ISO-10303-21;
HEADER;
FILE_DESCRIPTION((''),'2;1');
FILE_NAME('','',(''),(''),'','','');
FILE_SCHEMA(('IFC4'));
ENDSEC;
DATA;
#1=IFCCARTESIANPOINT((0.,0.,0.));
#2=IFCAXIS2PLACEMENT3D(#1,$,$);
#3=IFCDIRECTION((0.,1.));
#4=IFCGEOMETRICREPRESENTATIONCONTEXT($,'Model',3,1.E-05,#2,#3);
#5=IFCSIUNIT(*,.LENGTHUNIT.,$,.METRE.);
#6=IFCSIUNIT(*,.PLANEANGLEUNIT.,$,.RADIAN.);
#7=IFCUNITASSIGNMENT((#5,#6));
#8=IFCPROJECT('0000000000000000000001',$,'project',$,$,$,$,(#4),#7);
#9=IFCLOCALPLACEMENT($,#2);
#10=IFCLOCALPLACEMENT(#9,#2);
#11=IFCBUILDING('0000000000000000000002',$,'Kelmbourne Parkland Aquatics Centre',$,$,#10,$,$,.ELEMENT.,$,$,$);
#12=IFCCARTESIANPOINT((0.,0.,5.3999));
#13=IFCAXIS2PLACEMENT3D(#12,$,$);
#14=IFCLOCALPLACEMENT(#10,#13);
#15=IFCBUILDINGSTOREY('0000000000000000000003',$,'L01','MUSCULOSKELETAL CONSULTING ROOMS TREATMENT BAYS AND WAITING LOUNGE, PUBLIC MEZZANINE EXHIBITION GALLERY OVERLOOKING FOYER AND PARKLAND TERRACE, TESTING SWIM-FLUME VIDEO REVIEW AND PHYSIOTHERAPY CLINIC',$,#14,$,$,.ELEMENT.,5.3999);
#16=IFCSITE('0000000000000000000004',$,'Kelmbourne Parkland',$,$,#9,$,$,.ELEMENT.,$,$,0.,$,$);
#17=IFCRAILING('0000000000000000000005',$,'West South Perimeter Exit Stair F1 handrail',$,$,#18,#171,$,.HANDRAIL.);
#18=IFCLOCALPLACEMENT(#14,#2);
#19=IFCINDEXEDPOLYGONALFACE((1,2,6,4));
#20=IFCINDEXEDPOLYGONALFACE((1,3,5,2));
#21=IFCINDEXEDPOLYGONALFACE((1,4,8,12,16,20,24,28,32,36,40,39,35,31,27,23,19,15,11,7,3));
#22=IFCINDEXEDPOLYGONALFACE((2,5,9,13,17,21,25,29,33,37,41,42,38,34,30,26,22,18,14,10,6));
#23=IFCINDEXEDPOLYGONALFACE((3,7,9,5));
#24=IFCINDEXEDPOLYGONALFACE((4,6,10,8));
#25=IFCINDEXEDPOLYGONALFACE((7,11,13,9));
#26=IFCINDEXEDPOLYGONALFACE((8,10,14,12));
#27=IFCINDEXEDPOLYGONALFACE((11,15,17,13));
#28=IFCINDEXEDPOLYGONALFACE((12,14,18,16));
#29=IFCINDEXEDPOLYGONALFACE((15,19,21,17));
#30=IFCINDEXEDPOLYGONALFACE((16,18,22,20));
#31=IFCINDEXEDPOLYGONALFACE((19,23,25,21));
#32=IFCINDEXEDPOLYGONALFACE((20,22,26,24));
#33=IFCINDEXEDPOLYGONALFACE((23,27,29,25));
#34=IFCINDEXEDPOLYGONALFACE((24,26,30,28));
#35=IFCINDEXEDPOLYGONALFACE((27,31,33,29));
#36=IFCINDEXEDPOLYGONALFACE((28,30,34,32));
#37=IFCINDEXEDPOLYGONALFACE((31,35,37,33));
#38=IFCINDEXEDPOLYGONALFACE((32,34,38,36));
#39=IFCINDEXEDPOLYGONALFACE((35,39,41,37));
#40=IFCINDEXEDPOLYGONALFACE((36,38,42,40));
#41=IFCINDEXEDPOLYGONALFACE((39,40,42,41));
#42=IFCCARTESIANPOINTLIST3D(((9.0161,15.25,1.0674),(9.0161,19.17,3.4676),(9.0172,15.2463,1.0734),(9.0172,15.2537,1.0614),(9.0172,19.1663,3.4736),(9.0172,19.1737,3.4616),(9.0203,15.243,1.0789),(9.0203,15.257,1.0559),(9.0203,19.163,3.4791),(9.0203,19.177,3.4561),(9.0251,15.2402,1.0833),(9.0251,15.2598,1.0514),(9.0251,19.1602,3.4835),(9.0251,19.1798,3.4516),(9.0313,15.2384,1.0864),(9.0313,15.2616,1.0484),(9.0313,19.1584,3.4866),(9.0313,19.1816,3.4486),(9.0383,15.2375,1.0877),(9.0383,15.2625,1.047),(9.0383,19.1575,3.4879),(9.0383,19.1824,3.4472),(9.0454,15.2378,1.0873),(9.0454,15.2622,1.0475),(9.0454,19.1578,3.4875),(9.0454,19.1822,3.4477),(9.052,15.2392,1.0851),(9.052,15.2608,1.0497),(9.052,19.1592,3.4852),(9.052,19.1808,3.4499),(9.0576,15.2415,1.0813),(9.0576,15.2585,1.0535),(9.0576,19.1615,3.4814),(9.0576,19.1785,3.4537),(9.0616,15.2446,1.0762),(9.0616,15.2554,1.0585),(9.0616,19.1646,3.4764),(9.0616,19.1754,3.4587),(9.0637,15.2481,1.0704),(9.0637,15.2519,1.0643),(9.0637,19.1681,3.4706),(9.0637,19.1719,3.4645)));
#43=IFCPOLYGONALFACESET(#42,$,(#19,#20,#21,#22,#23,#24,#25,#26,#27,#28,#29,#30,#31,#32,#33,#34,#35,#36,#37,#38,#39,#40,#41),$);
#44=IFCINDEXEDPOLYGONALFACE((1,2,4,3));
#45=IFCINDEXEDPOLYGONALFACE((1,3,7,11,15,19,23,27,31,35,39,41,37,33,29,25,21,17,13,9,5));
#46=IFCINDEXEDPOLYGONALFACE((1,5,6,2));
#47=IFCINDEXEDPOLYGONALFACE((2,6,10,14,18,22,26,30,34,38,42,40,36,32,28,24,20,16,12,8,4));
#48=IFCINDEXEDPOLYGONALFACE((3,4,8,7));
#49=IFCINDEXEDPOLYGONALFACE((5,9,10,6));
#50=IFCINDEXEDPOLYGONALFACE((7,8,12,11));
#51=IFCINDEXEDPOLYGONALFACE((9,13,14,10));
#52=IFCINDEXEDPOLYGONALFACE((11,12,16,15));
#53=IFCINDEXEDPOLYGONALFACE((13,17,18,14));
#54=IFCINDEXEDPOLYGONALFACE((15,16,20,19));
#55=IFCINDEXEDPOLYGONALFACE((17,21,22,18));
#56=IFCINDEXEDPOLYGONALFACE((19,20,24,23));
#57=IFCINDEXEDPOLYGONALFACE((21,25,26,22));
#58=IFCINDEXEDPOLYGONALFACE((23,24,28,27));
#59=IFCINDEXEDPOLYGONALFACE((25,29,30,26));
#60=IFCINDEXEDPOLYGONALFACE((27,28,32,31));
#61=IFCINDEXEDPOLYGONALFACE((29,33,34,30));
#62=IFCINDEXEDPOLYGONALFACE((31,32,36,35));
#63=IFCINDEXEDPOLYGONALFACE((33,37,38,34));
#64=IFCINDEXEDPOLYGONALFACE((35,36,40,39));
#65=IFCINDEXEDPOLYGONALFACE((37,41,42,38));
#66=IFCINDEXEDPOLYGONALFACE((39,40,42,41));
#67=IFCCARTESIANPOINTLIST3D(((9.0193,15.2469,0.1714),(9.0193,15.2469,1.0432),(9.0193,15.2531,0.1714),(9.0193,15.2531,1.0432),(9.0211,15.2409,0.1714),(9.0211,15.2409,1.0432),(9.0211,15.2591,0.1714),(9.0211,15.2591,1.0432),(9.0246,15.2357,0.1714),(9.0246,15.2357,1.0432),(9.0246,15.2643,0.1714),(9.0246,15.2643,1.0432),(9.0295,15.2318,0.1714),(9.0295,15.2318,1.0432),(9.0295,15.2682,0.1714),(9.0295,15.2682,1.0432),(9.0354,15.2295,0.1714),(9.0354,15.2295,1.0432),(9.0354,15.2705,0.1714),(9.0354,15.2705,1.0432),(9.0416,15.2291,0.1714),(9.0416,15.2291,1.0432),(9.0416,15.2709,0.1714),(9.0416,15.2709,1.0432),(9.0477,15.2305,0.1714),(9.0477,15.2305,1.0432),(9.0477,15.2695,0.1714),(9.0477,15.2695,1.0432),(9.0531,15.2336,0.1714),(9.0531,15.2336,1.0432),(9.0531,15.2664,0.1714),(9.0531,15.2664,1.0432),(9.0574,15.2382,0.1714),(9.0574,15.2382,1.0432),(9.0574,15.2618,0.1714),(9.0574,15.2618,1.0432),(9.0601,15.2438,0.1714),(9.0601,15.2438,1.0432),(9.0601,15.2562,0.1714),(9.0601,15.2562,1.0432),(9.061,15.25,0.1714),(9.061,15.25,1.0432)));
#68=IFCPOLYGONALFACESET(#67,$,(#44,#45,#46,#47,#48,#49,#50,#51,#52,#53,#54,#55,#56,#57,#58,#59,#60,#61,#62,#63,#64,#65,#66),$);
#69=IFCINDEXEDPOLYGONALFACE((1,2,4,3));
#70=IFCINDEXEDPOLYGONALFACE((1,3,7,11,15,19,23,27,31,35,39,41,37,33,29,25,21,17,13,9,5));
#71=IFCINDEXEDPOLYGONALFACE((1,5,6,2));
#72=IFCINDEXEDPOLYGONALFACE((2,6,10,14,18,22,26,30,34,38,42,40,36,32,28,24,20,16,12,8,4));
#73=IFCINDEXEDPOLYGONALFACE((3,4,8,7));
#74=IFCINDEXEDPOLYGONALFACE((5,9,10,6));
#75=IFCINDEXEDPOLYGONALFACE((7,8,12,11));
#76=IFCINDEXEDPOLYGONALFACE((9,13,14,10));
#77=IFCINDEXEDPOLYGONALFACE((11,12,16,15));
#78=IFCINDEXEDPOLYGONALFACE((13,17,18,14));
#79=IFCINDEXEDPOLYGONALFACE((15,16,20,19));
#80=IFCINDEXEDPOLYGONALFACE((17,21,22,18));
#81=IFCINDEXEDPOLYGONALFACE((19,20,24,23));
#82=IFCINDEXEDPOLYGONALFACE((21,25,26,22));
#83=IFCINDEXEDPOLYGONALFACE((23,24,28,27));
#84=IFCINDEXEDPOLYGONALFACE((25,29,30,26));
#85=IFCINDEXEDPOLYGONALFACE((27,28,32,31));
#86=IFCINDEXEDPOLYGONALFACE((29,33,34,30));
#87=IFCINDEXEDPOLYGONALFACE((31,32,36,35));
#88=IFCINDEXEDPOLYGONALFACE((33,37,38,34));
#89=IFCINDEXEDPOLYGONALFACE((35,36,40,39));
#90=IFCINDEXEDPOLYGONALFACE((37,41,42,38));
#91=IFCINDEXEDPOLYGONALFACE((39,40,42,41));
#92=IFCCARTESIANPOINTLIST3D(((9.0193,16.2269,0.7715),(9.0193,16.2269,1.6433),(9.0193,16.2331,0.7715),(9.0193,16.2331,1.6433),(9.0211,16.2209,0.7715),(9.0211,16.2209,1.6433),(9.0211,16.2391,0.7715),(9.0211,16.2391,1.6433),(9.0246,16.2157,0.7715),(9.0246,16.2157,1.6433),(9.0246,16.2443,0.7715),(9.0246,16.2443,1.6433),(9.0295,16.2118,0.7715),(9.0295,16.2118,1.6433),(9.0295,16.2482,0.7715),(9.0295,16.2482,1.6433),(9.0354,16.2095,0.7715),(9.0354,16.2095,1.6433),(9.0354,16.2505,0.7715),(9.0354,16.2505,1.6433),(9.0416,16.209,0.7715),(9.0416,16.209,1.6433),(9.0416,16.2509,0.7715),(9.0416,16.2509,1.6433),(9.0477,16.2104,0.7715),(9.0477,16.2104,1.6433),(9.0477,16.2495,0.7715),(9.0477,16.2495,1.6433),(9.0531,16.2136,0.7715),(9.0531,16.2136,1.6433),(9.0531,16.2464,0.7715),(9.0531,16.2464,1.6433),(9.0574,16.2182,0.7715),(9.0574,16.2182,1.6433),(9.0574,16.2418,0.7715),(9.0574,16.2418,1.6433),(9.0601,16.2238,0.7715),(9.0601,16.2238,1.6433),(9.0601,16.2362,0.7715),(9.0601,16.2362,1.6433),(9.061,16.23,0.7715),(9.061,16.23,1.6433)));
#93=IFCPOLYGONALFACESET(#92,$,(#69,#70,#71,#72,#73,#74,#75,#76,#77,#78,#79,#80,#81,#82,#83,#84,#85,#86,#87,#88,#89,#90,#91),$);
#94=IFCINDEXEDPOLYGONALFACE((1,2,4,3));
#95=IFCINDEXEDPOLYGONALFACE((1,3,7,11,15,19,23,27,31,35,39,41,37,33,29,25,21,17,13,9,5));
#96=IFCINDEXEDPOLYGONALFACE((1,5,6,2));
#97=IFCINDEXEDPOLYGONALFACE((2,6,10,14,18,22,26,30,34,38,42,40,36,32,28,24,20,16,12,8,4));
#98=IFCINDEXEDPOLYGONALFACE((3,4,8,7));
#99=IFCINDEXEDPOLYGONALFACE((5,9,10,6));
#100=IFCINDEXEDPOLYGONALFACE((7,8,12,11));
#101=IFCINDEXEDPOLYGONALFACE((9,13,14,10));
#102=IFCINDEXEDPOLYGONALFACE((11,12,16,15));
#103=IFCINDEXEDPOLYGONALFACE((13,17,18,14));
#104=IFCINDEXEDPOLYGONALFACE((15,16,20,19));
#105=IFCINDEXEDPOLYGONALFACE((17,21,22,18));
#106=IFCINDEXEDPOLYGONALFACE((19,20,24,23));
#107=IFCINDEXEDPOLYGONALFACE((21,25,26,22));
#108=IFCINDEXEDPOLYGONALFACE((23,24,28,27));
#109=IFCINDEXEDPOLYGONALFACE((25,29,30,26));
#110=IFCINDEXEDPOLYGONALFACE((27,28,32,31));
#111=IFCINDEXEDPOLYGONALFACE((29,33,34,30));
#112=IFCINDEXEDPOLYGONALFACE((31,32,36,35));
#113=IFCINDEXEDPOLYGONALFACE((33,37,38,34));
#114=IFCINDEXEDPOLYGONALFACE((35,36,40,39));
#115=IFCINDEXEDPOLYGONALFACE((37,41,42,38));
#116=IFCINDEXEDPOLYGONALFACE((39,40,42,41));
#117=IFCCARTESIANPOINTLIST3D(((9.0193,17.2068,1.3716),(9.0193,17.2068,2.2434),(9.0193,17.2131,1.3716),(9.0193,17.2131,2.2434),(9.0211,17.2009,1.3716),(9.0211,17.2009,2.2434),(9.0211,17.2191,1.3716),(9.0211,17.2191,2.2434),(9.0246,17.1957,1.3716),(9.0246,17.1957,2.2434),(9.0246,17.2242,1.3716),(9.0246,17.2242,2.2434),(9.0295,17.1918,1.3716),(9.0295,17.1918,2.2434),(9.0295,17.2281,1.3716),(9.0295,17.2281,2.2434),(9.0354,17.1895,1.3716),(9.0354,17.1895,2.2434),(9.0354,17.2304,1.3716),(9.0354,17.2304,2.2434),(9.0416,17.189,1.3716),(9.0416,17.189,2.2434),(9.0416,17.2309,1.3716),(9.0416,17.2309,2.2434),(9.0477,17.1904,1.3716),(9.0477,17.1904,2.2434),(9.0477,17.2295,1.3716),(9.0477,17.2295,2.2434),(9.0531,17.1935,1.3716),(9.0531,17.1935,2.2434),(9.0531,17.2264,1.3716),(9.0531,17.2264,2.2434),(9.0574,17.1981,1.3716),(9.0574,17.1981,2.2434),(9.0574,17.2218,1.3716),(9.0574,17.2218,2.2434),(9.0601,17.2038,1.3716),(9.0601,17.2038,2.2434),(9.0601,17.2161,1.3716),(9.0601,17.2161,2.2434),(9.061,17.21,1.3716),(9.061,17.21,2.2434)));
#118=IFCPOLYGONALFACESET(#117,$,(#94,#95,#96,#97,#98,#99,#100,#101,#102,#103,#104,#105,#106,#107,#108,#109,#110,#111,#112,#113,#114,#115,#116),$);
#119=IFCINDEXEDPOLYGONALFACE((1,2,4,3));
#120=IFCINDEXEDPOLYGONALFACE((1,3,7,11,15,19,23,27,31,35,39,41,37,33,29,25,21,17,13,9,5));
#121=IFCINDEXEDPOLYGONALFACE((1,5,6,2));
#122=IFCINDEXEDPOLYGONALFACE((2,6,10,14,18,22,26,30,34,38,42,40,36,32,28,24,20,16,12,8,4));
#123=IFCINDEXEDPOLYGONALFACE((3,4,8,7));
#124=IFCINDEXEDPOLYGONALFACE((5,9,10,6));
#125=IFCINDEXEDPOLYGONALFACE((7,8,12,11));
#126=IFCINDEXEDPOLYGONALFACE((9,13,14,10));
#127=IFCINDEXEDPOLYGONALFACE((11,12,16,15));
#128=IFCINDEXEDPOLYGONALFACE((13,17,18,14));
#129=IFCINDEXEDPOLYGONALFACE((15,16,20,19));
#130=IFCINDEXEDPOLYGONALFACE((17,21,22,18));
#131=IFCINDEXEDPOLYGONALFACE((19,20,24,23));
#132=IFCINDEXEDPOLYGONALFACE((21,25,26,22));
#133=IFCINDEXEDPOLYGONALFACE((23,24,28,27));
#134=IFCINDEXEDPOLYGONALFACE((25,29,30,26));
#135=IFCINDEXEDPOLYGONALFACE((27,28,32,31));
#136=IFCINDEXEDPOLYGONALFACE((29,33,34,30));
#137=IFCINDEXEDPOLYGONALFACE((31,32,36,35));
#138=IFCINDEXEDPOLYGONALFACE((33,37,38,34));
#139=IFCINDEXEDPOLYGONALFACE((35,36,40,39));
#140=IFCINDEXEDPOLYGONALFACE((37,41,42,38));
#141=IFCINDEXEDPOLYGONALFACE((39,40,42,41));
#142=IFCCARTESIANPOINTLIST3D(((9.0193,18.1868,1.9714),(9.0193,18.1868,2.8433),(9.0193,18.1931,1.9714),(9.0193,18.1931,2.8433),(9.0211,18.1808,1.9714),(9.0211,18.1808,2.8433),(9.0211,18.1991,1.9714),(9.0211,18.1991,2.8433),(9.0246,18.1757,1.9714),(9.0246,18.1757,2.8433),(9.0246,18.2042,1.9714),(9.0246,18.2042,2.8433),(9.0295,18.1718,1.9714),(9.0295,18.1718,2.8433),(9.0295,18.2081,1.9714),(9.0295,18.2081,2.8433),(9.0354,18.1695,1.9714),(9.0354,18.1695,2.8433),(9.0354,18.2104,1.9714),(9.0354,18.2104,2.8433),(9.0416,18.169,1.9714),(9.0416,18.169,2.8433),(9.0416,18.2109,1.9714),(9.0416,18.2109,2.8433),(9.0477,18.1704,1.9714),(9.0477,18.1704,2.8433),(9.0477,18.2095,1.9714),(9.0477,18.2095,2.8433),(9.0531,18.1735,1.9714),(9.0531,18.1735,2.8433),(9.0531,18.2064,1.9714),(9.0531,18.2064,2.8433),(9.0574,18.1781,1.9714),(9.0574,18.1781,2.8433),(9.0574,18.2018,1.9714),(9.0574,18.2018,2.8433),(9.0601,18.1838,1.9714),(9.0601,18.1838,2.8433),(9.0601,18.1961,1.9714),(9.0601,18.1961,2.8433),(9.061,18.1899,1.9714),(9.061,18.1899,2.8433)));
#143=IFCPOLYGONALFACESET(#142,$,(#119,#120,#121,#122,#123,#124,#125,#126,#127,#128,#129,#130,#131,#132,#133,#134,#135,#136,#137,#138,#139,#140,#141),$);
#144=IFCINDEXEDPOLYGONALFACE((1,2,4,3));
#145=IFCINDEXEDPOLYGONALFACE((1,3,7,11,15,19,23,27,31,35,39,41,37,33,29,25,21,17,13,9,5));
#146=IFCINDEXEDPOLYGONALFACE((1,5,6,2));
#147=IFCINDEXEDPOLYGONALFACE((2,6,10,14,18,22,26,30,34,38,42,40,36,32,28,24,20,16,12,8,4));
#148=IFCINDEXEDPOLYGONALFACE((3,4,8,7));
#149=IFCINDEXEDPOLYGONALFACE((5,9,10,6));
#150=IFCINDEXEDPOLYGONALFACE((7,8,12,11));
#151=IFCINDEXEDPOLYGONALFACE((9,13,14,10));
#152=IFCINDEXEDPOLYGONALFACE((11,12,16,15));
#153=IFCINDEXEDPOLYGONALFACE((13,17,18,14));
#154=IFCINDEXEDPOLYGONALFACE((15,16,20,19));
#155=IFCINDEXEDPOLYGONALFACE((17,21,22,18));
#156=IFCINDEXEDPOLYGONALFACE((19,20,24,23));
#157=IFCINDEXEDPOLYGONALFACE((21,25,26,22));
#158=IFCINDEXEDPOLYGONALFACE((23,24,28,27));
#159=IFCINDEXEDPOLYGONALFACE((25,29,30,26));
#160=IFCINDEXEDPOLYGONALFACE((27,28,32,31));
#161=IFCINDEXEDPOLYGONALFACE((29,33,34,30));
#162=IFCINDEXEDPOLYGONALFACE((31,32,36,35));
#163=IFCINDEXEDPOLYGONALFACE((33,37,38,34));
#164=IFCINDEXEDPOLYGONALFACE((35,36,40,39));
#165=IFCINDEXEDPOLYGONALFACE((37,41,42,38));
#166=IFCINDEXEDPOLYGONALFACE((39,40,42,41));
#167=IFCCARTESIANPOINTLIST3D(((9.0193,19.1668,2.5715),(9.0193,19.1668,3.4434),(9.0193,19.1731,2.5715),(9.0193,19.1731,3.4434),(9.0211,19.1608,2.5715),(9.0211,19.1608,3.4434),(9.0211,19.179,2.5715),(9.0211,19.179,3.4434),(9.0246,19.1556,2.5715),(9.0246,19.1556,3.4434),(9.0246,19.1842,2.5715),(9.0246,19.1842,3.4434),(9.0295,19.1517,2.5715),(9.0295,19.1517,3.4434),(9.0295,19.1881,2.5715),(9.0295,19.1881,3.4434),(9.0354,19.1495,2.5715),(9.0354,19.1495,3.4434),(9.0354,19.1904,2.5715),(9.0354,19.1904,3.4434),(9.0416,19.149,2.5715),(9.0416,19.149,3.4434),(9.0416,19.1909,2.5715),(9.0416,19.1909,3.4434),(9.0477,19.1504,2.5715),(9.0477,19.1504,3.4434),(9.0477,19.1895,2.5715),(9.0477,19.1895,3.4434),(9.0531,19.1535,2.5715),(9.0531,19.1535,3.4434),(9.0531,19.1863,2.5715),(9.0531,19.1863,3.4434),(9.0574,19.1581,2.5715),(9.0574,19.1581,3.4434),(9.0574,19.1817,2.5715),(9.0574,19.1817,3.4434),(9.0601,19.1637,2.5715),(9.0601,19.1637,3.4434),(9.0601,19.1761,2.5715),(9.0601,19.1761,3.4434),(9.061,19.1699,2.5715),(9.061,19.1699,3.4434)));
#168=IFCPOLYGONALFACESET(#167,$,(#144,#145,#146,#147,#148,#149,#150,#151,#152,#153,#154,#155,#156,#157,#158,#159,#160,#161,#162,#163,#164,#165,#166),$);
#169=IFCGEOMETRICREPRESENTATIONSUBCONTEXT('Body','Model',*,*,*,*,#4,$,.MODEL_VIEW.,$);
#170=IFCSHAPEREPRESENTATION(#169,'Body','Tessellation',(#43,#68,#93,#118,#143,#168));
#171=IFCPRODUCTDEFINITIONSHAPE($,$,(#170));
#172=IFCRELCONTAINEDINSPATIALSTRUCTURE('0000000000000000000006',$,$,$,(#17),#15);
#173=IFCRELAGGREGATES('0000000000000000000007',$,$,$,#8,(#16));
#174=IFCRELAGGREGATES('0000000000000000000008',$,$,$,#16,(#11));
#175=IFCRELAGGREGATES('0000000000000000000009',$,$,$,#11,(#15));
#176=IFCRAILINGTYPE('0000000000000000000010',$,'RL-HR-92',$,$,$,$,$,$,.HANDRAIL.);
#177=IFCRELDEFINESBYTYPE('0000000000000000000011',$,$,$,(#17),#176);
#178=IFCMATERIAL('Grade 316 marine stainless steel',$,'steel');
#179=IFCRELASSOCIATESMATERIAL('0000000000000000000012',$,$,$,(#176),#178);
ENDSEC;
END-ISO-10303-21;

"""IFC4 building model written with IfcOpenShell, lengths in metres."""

from ifc_helpers import new_model, si_unit, direction, frame, origin, origin_2d, place, context, subcontext, project, spatial, circle, extrude, material, type_object, element, save


model = new_model("IFC4")

# Units and contexts
model_context = context("Model", 3, precision=1e-05, world=origin(), true_north=direction((0.0, 1.0)))
body_context = subcontext(model_context, "Body", "Model", "MODEL_VIEW")
ifc_project = project(units=[si_unit("LENGTHUNIT", "METRE"), si_unit("PLANEANGLEUNIT", "RADIAN")], contexts=[model_context])

# Site, building, storey
site_placement = place(None, origin())
site = spatial("IfcSite", under=ifc_project, at=site_placement, Name="Kelmbourne Parkland", CompositionType="ELEMENT", RefElevation=0.0)
building_placement = place(site_placement, origin())
building = spatial("IfcBuilding", under=site, at=building_placement, Name="Kelmbourne Parkland Aquatics Centre", CompositionType="ELEMENT")
storey_placement = place(building_placement, frame((0.0, 0.0, 5.3999)))
storey = spatial("IfcBuildingStorey", under=building, at=storey_placement, Name="L01", Description="MUSCULOSKELETAL CONSULTING ROOMS TREATMENT BAYS AND WAITING LOUNGE, PUBLIC MEZZANINE EXHIBITION GALLERY OVERLOOKING FOYER AND PARKLAND TERRACE, TESTING SWIM-FLUME VIDEO REVIEW AND PHYSIOTHERAPY CLINIC", CompositionType="ELEMENT", Elevation=5.3999)

# Railing
ifc_material_1 = material(Name="Grade 316 marine stainless steel", Category="steel")
railing_type_1 = type_object("IfcRailingType", Name="RL-HR-92", PredefinedType="HANDRAIL", material=ifc_material_1)
railing_1_placement = place(storey_placement, frame((9.04, 15.25, 0.1714)))
element("IfcRailing", 1, at=railing_1_placement, inside=storey, type_object=railing_type_1, Name="West South Perimeter Exit Stair F1 handrail", PredefinedType="HANDRAIL", context=body_context, shape_type="SweptSolid", body=[
    extrude(circle(Radius=0.0239, at=origin_2d()), frame((0.0, 0.0, 0.896), z_axis=(0.0, 0.852832, 0.522185), x_axis=(-1.0, 0.0, 0.0)), (0.0, 0.0, 1.0), 4.5964),
    extrude(circle(Radius=0.021, at=origin_2d()), origin(), (0.0, 0.0, 1.0), 0.8718),
    extrude(circle(Radius=0.021, at=origin_2d()), frame((0.0, 0.98, 0.6001)), (0.0, 0.0, 1.0), 0.8718),
    extrude(circle(Radius=0.021, at=origin_2d()), frame((0.0, 1.96, 1.2002)), (0.0, 0.0, 1.0), 0.8718),
    extrude(circle(Radius=0.021, at=origin_2d()), frame((0.0, 2.9399, 1.8)), (0.0, 0.0, 1.0), 0.8718),
    extrude(circle(Radius=0.021, at=origin_2d()), frame((0.0, 3.9199, 2.4001)), (0.0, 0.0, 1.0), 0.8718),
])

save(model, "model.ifc")
